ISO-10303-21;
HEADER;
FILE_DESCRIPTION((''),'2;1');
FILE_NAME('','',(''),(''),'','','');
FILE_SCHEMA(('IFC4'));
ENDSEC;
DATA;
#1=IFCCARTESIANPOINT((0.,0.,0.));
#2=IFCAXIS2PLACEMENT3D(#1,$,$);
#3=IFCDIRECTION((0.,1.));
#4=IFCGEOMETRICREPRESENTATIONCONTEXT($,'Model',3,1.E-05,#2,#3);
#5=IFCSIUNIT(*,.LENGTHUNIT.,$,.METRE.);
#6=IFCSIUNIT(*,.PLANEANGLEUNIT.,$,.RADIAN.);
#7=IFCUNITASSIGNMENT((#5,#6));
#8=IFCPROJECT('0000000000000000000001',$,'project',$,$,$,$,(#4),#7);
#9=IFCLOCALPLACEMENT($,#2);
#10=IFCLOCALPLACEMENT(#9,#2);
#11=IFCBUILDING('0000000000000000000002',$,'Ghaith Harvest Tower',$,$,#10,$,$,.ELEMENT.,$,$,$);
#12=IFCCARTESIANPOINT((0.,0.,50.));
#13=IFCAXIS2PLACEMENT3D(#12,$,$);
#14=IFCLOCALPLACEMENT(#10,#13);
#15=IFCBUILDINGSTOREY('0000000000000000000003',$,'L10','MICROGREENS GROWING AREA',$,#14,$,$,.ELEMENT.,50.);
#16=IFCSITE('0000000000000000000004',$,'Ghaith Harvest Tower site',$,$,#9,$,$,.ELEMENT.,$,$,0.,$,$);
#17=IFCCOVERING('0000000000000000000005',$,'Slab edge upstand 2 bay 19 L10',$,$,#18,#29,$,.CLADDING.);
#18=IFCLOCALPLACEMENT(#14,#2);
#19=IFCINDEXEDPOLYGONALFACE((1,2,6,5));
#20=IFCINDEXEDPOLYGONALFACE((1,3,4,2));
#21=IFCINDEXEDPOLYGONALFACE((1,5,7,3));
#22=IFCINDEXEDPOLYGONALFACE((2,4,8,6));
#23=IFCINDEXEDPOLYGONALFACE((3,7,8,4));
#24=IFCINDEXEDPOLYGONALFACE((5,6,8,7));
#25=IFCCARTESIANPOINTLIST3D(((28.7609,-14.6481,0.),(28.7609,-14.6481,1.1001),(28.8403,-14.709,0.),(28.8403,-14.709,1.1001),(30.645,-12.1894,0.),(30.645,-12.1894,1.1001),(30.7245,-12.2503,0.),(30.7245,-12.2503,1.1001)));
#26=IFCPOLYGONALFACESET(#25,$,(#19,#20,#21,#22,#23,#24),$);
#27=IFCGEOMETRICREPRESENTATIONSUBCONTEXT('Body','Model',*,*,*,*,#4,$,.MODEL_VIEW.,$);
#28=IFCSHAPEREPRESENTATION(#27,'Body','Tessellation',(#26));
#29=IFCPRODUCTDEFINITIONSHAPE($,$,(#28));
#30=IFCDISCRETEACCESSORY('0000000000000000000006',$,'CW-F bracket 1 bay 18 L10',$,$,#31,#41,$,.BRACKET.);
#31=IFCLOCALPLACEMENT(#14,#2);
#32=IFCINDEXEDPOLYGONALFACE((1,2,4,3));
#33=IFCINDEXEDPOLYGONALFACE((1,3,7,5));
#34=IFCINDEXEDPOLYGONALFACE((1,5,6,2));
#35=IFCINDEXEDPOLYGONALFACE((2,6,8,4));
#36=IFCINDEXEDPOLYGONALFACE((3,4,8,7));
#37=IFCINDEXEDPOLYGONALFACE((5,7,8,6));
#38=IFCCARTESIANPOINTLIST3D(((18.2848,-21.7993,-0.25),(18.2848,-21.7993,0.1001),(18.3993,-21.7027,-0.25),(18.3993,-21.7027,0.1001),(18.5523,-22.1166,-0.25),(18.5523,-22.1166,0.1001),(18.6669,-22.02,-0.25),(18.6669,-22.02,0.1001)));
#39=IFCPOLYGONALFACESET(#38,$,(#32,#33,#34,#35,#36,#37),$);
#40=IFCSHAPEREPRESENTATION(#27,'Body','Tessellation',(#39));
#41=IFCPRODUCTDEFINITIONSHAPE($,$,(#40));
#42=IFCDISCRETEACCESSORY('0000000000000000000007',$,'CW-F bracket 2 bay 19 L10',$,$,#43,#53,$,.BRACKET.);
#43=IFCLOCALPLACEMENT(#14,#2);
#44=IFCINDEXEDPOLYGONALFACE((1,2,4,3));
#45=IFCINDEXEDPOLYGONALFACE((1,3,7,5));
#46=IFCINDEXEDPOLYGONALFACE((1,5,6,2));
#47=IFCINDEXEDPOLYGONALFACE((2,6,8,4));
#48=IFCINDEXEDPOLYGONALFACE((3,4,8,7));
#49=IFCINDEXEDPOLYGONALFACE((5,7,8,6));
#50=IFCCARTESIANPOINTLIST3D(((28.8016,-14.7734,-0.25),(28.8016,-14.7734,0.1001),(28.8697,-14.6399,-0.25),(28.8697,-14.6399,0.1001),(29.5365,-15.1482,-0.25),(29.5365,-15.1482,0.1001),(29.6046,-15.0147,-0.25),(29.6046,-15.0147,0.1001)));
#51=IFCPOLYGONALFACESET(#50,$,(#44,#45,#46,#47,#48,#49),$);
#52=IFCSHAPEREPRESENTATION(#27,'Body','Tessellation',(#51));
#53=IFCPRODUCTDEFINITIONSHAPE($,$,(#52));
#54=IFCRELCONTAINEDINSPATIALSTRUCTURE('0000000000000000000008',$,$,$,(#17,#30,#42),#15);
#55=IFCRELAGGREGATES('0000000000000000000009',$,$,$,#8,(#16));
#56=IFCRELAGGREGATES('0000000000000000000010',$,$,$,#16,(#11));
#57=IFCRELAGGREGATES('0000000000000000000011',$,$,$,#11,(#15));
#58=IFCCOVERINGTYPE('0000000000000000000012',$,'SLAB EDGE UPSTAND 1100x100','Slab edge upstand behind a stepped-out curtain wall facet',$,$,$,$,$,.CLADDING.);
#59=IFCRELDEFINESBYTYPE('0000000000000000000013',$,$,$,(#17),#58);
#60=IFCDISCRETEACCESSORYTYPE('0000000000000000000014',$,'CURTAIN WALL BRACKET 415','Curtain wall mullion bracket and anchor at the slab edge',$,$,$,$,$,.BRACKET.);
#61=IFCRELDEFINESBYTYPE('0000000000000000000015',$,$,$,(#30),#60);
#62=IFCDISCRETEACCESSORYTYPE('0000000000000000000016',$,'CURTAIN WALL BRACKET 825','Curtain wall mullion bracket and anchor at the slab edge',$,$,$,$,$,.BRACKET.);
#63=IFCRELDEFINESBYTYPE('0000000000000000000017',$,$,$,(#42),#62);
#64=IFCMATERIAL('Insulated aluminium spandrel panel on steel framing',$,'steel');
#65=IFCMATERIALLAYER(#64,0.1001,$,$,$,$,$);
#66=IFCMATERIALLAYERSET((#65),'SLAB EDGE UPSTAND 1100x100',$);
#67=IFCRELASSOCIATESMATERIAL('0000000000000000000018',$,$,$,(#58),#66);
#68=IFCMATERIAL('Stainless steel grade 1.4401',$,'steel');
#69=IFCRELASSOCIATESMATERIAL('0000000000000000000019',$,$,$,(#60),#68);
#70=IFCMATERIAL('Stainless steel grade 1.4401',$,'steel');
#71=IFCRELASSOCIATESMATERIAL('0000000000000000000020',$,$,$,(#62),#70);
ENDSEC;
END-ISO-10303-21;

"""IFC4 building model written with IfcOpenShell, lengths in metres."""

from ifc_helpers import new_model, si_unit, direction, frame, origin, origin_2d, place, context, subcontext, project, spatial, rectangle, extrude, material, layer, layer_set, type_object, element, save


model = new_model("IFC4")

# Units and contexts
model_context = context("Model", 3, precision=1e-05, world=origin(), true_north=direction((0.0, 1.0)))
body_context = subcontext(model_context, "Body", "Model", "MODEL_VIEW")
ifc_project = project(units=[si_unit("LENGTHUNIT", "METRE"), si_unit("PLANEANGLEUNIT", "RADIAN")], contexts=[model_context])

# Site, building, storey
site_placement = place(None, origin())
site = spatial("IfcSite", under=ifc_project, at=site_placement, Name="Ghaith Harvest Tower site", CompositionType="ELEMENT", RefElevation=0.0)
building_placement = place(site_placement, origin())
building = spatial("IfcBuilding", under=site, at=building_placement, Name="Ghaith Harvest Tower", CompositionType="ELEMENT")
storey_placement = place(building_placement, frame((0.0, 0.0, 50.0)))
storey = spatial("IfcBuildingStorey", under=building, at=storey_placement, Name="L10", Description="MICROGREENS GROWING AREA", CompositionType="ELEMENT", Elevation=50.0)

# Covering
ifc_material_1 = material(Name="Insulated aluminium spandrel panel on steel framing", Category="steel")
ifc_layer_1 = layer(ifc_material_1, 0.1001)
ifc_layer_set_1 = layer_set([ifc_layer_1], Name="SLAB EDGE UPSTAND 1100x100")
covering_type = type_object("IfcCoveringType", Name="SLAB EDGE UPSTAND 1100x100", Description="Slab edge upstand behind a stepped-out curtain wall facet", PredefinedType="CLADDING", material=ifc_layer_set_1)
covering_1_placement = place(storey_placement, frame((29.7427, -13.4492, 0.0), z_axis=(0.0, 0.0, 1.0), x_axis=(0.608255, 0.793742, 0.0)))
element("IfcCovering", 1, at=covering_1_placement, inside=storey, type_object=covering_type, Name="Slab edge upstand 2 bay 19 L10", PredefinedType="CLADDING", context=body_context, shape_type="SweptSolid", body=[
    extrude(rectangle(XDim=3.0977, YDim=0.1001, at=origin_2d()), origin(), (0.0, 0.0, 1.0), 1.1001),
])

# Discrete accessories
ifc_material_2 = material(Name="Stainless steel grade 1.4401", Category="steel")
discrete_accessory_type_1 = type_object("IfcDiscreteAccessoryType", Name="CURTAIN WALL BRACKET 415", Description="Curtain wall mullion bracket and anchor at the slab edge", PredefinedType="BRACKET", material=ifc_material_2)
discrete_accessory_1_placement = place(storey_placement, frame((18.4758, -21.9097, -0.25), z_axis=(0.0, 0.0, 1.0), x_axis=(0.644657, -0.764472, 0.0)))
element("IfcDiscreteAccessory", 2, at=discrete_accessory_1_placement, inside=storey, type_object=discrete_accessory_type_1, Name="CW-F bracket 1 bay 18 L10", PredefinedType="BRACKET", context=body_context, shape_type="SweptSolid", body=[
    extrude(rectangle(XDim=0.415, YDim=0.1499, at=origin_2d()), origin(), (0.0, 0.0, 1.0), 0.3501),
])
ifc_material_3 = material(Name="Stainless steel grade 1.4401", Category="steel")
discrete_accessory_type_2 = type_object("IfcDiscreteAccessoryType", Name="CURTAIN WALL BRACKET 825", Description="Curtain wall mullion bracket and anchor at the slab edge", PredefinedType="BRACKET", material=ifc_material_3)
discrete_accessory_2_placement = place(storey_placement, frame((29.2031, -14.894, -0.25), z_axis=(0.0, 0.0, 1.0), x_axis=(0.890831, -0.454335, 0.0)))
element("IfcDiscreteAccessory", 3, at=discrete_accessory_2_placement, inside=storey, type_object=discrete_accessory_type_2, Name="CW-F bracket 2 bay 19 L10", PredefinedType="BRACKET", context=body_context, shape_type="SweptSolid", body=[
    extrude(rectangle(XDim=0.825, YDim=0.1499, at=origin_2d()), origin(), (0.0, 0.0, 1.0), 0.3501),
])

save(model, "model.ifc")
